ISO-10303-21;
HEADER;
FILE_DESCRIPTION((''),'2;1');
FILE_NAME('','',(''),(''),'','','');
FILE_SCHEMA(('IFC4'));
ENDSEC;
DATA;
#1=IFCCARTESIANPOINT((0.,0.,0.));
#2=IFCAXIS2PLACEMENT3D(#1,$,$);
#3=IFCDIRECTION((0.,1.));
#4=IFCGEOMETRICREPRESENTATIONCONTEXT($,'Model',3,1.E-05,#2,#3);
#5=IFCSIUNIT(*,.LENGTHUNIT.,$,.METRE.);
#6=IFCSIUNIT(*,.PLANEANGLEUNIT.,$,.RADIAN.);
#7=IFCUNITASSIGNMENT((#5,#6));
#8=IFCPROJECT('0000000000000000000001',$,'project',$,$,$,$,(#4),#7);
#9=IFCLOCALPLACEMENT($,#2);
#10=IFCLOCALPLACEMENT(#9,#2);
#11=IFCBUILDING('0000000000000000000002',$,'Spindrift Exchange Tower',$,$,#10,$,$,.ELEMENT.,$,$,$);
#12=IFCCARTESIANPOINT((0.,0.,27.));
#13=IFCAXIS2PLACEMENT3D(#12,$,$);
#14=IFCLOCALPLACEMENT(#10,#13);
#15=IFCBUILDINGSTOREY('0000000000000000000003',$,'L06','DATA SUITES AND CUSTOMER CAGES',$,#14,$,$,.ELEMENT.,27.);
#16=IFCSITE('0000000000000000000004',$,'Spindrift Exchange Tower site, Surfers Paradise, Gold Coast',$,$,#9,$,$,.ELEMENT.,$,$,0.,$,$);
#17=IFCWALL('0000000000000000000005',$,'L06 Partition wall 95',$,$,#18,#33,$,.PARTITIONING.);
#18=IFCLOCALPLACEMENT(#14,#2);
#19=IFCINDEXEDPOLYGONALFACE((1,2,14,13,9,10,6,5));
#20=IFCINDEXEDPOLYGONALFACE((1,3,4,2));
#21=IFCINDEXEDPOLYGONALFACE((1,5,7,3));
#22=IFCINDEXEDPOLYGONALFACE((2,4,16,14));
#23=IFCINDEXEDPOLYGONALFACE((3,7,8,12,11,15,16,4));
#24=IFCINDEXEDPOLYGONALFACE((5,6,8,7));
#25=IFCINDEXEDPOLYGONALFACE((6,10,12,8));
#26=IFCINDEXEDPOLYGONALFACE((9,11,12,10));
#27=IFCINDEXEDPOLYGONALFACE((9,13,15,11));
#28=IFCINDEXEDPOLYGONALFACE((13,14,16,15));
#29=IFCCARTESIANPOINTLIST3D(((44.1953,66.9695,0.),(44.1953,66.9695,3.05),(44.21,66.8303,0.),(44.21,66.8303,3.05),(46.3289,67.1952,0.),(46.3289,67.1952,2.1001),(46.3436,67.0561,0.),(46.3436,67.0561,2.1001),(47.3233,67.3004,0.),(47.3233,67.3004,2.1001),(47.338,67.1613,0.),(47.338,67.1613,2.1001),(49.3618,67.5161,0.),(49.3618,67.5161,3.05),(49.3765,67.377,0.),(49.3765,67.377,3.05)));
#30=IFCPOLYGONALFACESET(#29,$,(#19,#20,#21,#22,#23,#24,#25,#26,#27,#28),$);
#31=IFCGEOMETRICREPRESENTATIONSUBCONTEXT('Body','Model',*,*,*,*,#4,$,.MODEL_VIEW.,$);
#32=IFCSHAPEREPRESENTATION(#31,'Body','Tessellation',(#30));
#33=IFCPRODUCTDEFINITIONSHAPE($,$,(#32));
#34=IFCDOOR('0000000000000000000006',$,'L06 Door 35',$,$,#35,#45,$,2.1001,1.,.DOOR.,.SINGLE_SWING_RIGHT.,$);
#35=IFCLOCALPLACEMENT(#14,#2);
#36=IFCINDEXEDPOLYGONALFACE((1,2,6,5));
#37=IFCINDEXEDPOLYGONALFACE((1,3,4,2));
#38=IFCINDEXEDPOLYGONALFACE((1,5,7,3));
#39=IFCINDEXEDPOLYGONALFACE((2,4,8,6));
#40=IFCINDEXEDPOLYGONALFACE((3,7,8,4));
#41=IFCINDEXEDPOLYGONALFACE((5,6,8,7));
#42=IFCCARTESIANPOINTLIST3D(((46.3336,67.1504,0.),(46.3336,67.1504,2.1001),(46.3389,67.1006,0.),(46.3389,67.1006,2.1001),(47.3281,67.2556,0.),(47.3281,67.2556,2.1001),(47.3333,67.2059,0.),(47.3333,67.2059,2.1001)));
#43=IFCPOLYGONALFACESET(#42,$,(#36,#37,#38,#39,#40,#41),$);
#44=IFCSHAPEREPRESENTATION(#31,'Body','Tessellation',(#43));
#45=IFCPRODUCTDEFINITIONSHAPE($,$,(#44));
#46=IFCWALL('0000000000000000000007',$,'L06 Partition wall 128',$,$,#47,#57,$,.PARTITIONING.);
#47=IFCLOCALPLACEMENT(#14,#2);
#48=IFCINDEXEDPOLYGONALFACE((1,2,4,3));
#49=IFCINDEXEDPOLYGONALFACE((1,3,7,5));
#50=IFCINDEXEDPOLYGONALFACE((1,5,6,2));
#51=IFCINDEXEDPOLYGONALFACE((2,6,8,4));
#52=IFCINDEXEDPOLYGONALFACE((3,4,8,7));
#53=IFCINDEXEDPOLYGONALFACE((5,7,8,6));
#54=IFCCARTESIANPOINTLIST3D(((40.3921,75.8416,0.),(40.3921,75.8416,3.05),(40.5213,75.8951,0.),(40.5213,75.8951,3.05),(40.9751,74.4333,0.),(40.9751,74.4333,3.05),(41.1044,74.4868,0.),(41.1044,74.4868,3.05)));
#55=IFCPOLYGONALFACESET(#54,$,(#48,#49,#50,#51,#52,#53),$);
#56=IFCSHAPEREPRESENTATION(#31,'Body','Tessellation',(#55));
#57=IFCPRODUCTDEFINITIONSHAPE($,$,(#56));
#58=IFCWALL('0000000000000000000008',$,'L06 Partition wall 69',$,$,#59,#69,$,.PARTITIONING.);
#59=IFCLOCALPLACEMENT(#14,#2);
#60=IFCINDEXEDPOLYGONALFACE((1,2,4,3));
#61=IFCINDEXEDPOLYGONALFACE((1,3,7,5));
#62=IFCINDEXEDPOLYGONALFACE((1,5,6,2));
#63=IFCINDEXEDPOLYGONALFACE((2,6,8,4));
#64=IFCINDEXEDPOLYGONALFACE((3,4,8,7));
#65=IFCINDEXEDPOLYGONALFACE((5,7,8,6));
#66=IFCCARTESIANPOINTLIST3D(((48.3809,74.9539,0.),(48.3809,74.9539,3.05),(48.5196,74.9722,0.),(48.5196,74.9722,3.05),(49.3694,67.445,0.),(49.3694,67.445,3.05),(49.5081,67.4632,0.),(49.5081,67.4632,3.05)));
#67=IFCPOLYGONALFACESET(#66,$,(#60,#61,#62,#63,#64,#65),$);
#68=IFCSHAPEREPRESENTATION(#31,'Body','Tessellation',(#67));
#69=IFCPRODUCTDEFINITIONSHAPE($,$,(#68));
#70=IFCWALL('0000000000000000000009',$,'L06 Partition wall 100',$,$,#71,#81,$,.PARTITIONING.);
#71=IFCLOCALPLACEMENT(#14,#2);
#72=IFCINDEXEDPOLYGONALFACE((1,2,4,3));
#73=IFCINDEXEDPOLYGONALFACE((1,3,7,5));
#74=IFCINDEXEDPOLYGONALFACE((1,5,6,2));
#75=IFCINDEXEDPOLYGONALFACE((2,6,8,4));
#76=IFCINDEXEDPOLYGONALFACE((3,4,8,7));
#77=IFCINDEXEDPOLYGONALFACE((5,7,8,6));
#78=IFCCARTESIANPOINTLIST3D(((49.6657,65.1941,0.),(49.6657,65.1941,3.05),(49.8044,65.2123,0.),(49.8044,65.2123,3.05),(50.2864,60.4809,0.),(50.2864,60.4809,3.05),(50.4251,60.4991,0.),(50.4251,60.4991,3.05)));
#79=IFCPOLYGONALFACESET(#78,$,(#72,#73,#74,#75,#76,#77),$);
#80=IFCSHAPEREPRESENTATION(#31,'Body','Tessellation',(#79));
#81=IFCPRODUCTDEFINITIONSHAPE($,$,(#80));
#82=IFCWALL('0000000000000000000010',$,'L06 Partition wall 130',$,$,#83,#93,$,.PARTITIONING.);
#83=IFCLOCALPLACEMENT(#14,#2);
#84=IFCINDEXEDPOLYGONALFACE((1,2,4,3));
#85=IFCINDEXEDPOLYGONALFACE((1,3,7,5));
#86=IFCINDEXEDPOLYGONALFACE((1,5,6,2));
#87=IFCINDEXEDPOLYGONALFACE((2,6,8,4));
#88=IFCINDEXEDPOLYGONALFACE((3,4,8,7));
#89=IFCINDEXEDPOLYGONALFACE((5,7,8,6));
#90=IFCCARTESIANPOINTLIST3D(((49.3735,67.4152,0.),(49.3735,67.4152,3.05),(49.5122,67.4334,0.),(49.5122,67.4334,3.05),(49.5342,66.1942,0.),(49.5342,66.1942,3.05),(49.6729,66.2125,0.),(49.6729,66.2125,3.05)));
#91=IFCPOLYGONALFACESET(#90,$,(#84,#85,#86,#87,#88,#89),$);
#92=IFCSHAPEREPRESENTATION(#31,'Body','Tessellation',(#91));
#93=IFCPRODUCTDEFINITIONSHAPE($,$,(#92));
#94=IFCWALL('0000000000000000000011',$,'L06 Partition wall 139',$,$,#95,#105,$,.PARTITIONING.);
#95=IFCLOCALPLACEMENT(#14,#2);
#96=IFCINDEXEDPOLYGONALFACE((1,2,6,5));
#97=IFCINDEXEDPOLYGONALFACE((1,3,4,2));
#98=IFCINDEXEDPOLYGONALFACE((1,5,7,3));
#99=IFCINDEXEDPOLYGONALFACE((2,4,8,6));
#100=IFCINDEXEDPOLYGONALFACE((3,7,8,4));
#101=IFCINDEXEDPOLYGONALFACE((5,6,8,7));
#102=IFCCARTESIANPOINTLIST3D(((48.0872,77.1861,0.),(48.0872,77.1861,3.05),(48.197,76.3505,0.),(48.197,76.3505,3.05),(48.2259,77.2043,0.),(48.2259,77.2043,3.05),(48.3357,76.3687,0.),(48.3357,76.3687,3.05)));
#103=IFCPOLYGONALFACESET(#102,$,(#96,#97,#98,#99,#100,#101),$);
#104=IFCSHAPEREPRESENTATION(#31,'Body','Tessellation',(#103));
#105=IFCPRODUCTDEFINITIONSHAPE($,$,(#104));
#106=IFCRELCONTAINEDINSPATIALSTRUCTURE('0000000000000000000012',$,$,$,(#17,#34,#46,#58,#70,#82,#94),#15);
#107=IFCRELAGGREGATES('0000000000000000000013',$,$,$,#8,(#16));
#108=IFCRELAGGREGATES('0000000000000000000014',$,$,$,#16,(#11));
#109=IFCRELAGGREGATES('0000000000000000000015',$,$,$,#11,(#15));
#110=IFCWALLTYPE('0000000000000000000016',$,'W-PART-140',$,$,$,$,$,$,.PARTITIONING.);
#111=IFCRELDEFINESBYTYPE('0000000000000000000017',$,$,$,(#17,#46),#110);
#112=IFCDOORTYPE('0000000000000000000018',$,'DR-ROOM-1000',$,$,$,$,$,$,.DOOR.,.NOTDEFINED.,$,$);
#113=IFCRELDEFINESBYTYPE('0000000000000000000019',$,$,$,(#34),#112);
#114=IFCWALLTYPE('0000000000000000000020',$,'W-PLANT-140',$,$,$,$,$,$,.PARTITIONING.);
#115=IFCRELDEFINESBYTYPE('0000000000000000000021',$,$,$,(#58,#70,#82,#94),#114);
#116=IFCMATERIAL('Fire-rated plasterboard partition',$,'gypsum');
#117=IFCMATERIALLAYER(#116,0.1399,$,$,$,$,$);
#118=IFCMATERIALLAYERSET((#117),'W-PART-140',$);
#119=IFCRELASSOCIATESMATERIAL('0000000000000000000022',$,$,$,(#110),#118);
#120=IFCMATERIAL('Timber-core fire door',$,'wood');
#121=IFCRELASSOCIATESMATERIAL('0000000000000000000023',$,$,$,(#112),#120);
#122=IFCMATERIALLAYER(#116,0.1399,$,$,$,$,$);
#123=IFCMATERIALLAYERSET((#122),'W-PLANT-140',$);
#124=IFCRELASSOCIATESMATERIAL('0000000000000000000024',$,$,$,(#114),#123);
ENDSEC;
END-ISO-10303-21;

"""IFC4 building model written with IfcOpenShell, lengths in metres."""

from ifc_helpers import new_model, si_unit, direction, frame, frame_2d, origin, place, context, subcontext, project, spatial, rectangle, extrude, source, transform, mapped, material, layer, layer_set, type_object, element, fill, save


model = new_model("IFC4")

# Units and contexts
model_context = context("Model", 3, precision=1e-05, world=origin(), true_north=direction((0.0, 1.0)))
body_context = subcontext(model_context, "Body", "Model", "MODEL_VIEW")
ifc_project = project(units=[si_unit("LENGTHUNIT", "METRE"), si_unit("PLANEANGLEUNIT", "RADIAN")], contexts=[model_context])

# Site, building, storey
site_placement = place(None, origin())
site = spatial("IfcSite", under=ifc_project, at=site_placement, Name="Spindrift Exchange Tower site, Surfers Paradise, Gold Coast", CompositionType="ELEMENT", RefElevation=0.0)
building_placement = place(site_placement, origin())
building = spatial("IfcBuilding", under=site, at=building_placement, Name="Spindrift Exchange Tower", CompositionType="ELEMENT")
storey_placement = place(building_placement, frame((0.0, 0.0, 27.0)))
storey = spatial("IfcBuildingStorey", under=building, at=storey_placement, Name="L06", Description="DATA SUITES AND CUSTOMER CAGES", CompositionType="ELEMENT", Elevation=27.0)

# Shared definitions
ifc_material_1 = material(Name="Timber-core fire door", Category="wood")

# Shared definitions
ifc_material_2 = material(Name="Fire-rated plasterboard partition", Category="gypsum")
ifc_layer_1 = layer(ifc_material_2, 0.1399)
ifc_layer_set_1 = layer_set([ifc_layer_1], Name="W-PART-140")
wall_type_1 = type_object("IfcWallType", Name="W-PART-140", PredefinedType="PARTITIONING", material=ifc_layer_set_1)

# Wall, opening, door
wall_1_placement = place(storey_placement, frame((44.2026, 66.8999, 0.0), z_axis=(0.0, 0.0, 1.0), x_axis=(0.994449, 0.105216, 0.0)))
wall_1 = element("IfcWall", 1, at=wall_1_placement, inside=storey, type_object=wall_type_1, Name="L06 Partition wall 95", PredefinedType="PARTITIONING", context=body_context, shape_type="SweptSolid", body=[
    extrude(rectangle(XDim=5.1953, YDim=0.1399, at=frame_2d((2.5977, 0.0))), origin(), (0.0, 0.0, 1.0), 3.05),
])
opening_1_placement = place(wall_1_placement, frame((2.1455, 0.0, 0.0)))
opening_1 = element("IfcOpeningElement", 2, at=opening_1_placement, cuts=wall_1, PredefinedType="OPENING", context=body_context, shape_type="SweptSolid", body=[
    extrude(rectangle(XDim=1.0, YDim=2.1001, at=frame_2d((0.5, 1.05))), frame((0.0, 0.0798, 0.0), z_axis=(0.0, -1.0, 0.0), x_axis=(1.0, 0.0, 0.0)), (0.0, 0.0, 1.0), 0.1599),
])
door_type_1 = type_object("IfcDoorType", Name="DR-ROOM-1000", OperationType="NOTDEFINED", PredefinedType="DOOR", material=ifc_material_1)
shared_shape_1 = source(origin(), body_context, "Body", "SweptSolid", [
    extrude(rectangle(XDim=1.0, YDim=2.1001, at=frame_2d((0.5, 1.05))), frame((0.0, 0.0249, 0.0), z_axis=(0.0, -1.0, 0.0), x_axis=(1.0, 0.0, 0.0)), (0.0, 0.0, 1.0), 0.05),
])
door_1_placement = place(opening_1_placement, origin())
door_1 = element("IfcDoor", 3, at=door_1_placement, inside=storey, type_object=door_type_1, Name="L06 Door 35", OperationType="SINGLE_SWING_RIGHT", OverallHeight=2.1001, OverallWidth=1.0, PredefinedType="DOOR", context=body_context, shape_type="MappedRepresentation", body=[
    mapped(shared_shape_1, transform((0.0, 0.0, 0.0), scale=1.0)),
])
fill(opening_1, door_1)

# Walls
wall_2_placement = place(storey_placement, frame((41.0398, 74.46, 0.0), z_axis=(0.0, 0.0, 1.0), x_axis=(-0.382522, 0.923947, 0.0)))
element("IfcWall", 4, at=wall_2_placement, inside=storey, type_object=wall_type_1, Name="L06 Partition wall 128", PredefinedType="PARTITIONING", context=body_context, shape_type="SweptSolid", body=[
    extrude(rectangle(XDim=1.5242, YDim=0.1399, at=frame_2d((0.7622, 0.0))), origin(), (0.0, 0.0, 1.0), 3.05),
])
ifc_layer_2 = layer(ifc_material_2, 0.1399)
ifc_layer_set_2 = layer_set([ifc_layer_2], Name="W-PLANT-140")
wall_type_2 = type_object("IfcWallType", Name="W-PLANT-140", PredefinedType="PARTITIONING", material=ifc_layer_set_2)
wall_3_placement = place(storey_placement, frame((49.4387, 67.4541, 0.0), z_axis=(0.0, 0.0, 1.0), x_axis=(-0.130519, 0.991446, 0.0)))
element("IfcWall", 5, at=wall_3_placement, inside=storey, type_object=wall_type_2, Name="L06 Partition wall 69", PredefinedType="PARTITIONING", context=body_context, shape_type="SweptSolid", body=[
    extrude(rectangle(XDim=7.5737, YDim=0.1399, at=frame_2d((3.7869, 0.0))), origin(), (0.0, 0.0, 1.0), 3.05),
])
wall_4_placement = place(storey_placement, frame((50.3557, 60.49, 0.0), z_axis=(0.0, 0.0, 1.0), x_axis=(-0.130549, 0.991442, 0.0)))
element("IfcWall", 6, at=wall_4_placement, inside=storey, type_object=wall_type_2, Name="L06 Partition wall 100", PredefinedType="PARTITIONING", context=body_context, shape_type="SweptSolid", body=[
    extrude(rectangle(XDim=4.7539, YDim=0.1399, at=frame_2d((2.377, 0.0))), origin(), (0.0, 0.0, 1.0), 3.05),
])
wall_5_placement = place(storey_placement, frame((49.6035, 66.2034, 0.0), z_axis=(0.0, 0.0, 1.0), x_axis=(-0.130449, 0.991455, 0.0)))
element("IfcWall", 7, at=wall_5_placement, inside=storey, type_object=wall_type_2, Name="L06 Partition wall 130", PredefinedType="PARTITIONING", context=body_context, shape_type="SweptSolid", body=[
    extrude(rectangle(XDim=1.2314, YDim=0.1399, at=frame_2d((0.6157, 0.0))), origin(), (0.0, 0.0, 1.0), 3.05),
])
wall_6_placement = place(storey_placement, frame((48.2664, 76.3596, 0.0), z_axis=(0.0, 0.0, 1.0), x_axis=(-0.130342, 0.991469, 0.0)))
element("IfcWall", 8, at=wall_6_placement, inside=storey, type_object=wall_type_2, Name="L06 Partition wall 139", PredefinedType="PARTITIONING", context=body_context, shape_type="SweptSolid", body=[
    extrude(rectangle(XDim=0.8428, YDim=0.1399, at=frame_2d((0.4214, 0.0))), origin(), (0.0, 0.0, 1.0), 3.05),
])

save(model, "model.ifc")
